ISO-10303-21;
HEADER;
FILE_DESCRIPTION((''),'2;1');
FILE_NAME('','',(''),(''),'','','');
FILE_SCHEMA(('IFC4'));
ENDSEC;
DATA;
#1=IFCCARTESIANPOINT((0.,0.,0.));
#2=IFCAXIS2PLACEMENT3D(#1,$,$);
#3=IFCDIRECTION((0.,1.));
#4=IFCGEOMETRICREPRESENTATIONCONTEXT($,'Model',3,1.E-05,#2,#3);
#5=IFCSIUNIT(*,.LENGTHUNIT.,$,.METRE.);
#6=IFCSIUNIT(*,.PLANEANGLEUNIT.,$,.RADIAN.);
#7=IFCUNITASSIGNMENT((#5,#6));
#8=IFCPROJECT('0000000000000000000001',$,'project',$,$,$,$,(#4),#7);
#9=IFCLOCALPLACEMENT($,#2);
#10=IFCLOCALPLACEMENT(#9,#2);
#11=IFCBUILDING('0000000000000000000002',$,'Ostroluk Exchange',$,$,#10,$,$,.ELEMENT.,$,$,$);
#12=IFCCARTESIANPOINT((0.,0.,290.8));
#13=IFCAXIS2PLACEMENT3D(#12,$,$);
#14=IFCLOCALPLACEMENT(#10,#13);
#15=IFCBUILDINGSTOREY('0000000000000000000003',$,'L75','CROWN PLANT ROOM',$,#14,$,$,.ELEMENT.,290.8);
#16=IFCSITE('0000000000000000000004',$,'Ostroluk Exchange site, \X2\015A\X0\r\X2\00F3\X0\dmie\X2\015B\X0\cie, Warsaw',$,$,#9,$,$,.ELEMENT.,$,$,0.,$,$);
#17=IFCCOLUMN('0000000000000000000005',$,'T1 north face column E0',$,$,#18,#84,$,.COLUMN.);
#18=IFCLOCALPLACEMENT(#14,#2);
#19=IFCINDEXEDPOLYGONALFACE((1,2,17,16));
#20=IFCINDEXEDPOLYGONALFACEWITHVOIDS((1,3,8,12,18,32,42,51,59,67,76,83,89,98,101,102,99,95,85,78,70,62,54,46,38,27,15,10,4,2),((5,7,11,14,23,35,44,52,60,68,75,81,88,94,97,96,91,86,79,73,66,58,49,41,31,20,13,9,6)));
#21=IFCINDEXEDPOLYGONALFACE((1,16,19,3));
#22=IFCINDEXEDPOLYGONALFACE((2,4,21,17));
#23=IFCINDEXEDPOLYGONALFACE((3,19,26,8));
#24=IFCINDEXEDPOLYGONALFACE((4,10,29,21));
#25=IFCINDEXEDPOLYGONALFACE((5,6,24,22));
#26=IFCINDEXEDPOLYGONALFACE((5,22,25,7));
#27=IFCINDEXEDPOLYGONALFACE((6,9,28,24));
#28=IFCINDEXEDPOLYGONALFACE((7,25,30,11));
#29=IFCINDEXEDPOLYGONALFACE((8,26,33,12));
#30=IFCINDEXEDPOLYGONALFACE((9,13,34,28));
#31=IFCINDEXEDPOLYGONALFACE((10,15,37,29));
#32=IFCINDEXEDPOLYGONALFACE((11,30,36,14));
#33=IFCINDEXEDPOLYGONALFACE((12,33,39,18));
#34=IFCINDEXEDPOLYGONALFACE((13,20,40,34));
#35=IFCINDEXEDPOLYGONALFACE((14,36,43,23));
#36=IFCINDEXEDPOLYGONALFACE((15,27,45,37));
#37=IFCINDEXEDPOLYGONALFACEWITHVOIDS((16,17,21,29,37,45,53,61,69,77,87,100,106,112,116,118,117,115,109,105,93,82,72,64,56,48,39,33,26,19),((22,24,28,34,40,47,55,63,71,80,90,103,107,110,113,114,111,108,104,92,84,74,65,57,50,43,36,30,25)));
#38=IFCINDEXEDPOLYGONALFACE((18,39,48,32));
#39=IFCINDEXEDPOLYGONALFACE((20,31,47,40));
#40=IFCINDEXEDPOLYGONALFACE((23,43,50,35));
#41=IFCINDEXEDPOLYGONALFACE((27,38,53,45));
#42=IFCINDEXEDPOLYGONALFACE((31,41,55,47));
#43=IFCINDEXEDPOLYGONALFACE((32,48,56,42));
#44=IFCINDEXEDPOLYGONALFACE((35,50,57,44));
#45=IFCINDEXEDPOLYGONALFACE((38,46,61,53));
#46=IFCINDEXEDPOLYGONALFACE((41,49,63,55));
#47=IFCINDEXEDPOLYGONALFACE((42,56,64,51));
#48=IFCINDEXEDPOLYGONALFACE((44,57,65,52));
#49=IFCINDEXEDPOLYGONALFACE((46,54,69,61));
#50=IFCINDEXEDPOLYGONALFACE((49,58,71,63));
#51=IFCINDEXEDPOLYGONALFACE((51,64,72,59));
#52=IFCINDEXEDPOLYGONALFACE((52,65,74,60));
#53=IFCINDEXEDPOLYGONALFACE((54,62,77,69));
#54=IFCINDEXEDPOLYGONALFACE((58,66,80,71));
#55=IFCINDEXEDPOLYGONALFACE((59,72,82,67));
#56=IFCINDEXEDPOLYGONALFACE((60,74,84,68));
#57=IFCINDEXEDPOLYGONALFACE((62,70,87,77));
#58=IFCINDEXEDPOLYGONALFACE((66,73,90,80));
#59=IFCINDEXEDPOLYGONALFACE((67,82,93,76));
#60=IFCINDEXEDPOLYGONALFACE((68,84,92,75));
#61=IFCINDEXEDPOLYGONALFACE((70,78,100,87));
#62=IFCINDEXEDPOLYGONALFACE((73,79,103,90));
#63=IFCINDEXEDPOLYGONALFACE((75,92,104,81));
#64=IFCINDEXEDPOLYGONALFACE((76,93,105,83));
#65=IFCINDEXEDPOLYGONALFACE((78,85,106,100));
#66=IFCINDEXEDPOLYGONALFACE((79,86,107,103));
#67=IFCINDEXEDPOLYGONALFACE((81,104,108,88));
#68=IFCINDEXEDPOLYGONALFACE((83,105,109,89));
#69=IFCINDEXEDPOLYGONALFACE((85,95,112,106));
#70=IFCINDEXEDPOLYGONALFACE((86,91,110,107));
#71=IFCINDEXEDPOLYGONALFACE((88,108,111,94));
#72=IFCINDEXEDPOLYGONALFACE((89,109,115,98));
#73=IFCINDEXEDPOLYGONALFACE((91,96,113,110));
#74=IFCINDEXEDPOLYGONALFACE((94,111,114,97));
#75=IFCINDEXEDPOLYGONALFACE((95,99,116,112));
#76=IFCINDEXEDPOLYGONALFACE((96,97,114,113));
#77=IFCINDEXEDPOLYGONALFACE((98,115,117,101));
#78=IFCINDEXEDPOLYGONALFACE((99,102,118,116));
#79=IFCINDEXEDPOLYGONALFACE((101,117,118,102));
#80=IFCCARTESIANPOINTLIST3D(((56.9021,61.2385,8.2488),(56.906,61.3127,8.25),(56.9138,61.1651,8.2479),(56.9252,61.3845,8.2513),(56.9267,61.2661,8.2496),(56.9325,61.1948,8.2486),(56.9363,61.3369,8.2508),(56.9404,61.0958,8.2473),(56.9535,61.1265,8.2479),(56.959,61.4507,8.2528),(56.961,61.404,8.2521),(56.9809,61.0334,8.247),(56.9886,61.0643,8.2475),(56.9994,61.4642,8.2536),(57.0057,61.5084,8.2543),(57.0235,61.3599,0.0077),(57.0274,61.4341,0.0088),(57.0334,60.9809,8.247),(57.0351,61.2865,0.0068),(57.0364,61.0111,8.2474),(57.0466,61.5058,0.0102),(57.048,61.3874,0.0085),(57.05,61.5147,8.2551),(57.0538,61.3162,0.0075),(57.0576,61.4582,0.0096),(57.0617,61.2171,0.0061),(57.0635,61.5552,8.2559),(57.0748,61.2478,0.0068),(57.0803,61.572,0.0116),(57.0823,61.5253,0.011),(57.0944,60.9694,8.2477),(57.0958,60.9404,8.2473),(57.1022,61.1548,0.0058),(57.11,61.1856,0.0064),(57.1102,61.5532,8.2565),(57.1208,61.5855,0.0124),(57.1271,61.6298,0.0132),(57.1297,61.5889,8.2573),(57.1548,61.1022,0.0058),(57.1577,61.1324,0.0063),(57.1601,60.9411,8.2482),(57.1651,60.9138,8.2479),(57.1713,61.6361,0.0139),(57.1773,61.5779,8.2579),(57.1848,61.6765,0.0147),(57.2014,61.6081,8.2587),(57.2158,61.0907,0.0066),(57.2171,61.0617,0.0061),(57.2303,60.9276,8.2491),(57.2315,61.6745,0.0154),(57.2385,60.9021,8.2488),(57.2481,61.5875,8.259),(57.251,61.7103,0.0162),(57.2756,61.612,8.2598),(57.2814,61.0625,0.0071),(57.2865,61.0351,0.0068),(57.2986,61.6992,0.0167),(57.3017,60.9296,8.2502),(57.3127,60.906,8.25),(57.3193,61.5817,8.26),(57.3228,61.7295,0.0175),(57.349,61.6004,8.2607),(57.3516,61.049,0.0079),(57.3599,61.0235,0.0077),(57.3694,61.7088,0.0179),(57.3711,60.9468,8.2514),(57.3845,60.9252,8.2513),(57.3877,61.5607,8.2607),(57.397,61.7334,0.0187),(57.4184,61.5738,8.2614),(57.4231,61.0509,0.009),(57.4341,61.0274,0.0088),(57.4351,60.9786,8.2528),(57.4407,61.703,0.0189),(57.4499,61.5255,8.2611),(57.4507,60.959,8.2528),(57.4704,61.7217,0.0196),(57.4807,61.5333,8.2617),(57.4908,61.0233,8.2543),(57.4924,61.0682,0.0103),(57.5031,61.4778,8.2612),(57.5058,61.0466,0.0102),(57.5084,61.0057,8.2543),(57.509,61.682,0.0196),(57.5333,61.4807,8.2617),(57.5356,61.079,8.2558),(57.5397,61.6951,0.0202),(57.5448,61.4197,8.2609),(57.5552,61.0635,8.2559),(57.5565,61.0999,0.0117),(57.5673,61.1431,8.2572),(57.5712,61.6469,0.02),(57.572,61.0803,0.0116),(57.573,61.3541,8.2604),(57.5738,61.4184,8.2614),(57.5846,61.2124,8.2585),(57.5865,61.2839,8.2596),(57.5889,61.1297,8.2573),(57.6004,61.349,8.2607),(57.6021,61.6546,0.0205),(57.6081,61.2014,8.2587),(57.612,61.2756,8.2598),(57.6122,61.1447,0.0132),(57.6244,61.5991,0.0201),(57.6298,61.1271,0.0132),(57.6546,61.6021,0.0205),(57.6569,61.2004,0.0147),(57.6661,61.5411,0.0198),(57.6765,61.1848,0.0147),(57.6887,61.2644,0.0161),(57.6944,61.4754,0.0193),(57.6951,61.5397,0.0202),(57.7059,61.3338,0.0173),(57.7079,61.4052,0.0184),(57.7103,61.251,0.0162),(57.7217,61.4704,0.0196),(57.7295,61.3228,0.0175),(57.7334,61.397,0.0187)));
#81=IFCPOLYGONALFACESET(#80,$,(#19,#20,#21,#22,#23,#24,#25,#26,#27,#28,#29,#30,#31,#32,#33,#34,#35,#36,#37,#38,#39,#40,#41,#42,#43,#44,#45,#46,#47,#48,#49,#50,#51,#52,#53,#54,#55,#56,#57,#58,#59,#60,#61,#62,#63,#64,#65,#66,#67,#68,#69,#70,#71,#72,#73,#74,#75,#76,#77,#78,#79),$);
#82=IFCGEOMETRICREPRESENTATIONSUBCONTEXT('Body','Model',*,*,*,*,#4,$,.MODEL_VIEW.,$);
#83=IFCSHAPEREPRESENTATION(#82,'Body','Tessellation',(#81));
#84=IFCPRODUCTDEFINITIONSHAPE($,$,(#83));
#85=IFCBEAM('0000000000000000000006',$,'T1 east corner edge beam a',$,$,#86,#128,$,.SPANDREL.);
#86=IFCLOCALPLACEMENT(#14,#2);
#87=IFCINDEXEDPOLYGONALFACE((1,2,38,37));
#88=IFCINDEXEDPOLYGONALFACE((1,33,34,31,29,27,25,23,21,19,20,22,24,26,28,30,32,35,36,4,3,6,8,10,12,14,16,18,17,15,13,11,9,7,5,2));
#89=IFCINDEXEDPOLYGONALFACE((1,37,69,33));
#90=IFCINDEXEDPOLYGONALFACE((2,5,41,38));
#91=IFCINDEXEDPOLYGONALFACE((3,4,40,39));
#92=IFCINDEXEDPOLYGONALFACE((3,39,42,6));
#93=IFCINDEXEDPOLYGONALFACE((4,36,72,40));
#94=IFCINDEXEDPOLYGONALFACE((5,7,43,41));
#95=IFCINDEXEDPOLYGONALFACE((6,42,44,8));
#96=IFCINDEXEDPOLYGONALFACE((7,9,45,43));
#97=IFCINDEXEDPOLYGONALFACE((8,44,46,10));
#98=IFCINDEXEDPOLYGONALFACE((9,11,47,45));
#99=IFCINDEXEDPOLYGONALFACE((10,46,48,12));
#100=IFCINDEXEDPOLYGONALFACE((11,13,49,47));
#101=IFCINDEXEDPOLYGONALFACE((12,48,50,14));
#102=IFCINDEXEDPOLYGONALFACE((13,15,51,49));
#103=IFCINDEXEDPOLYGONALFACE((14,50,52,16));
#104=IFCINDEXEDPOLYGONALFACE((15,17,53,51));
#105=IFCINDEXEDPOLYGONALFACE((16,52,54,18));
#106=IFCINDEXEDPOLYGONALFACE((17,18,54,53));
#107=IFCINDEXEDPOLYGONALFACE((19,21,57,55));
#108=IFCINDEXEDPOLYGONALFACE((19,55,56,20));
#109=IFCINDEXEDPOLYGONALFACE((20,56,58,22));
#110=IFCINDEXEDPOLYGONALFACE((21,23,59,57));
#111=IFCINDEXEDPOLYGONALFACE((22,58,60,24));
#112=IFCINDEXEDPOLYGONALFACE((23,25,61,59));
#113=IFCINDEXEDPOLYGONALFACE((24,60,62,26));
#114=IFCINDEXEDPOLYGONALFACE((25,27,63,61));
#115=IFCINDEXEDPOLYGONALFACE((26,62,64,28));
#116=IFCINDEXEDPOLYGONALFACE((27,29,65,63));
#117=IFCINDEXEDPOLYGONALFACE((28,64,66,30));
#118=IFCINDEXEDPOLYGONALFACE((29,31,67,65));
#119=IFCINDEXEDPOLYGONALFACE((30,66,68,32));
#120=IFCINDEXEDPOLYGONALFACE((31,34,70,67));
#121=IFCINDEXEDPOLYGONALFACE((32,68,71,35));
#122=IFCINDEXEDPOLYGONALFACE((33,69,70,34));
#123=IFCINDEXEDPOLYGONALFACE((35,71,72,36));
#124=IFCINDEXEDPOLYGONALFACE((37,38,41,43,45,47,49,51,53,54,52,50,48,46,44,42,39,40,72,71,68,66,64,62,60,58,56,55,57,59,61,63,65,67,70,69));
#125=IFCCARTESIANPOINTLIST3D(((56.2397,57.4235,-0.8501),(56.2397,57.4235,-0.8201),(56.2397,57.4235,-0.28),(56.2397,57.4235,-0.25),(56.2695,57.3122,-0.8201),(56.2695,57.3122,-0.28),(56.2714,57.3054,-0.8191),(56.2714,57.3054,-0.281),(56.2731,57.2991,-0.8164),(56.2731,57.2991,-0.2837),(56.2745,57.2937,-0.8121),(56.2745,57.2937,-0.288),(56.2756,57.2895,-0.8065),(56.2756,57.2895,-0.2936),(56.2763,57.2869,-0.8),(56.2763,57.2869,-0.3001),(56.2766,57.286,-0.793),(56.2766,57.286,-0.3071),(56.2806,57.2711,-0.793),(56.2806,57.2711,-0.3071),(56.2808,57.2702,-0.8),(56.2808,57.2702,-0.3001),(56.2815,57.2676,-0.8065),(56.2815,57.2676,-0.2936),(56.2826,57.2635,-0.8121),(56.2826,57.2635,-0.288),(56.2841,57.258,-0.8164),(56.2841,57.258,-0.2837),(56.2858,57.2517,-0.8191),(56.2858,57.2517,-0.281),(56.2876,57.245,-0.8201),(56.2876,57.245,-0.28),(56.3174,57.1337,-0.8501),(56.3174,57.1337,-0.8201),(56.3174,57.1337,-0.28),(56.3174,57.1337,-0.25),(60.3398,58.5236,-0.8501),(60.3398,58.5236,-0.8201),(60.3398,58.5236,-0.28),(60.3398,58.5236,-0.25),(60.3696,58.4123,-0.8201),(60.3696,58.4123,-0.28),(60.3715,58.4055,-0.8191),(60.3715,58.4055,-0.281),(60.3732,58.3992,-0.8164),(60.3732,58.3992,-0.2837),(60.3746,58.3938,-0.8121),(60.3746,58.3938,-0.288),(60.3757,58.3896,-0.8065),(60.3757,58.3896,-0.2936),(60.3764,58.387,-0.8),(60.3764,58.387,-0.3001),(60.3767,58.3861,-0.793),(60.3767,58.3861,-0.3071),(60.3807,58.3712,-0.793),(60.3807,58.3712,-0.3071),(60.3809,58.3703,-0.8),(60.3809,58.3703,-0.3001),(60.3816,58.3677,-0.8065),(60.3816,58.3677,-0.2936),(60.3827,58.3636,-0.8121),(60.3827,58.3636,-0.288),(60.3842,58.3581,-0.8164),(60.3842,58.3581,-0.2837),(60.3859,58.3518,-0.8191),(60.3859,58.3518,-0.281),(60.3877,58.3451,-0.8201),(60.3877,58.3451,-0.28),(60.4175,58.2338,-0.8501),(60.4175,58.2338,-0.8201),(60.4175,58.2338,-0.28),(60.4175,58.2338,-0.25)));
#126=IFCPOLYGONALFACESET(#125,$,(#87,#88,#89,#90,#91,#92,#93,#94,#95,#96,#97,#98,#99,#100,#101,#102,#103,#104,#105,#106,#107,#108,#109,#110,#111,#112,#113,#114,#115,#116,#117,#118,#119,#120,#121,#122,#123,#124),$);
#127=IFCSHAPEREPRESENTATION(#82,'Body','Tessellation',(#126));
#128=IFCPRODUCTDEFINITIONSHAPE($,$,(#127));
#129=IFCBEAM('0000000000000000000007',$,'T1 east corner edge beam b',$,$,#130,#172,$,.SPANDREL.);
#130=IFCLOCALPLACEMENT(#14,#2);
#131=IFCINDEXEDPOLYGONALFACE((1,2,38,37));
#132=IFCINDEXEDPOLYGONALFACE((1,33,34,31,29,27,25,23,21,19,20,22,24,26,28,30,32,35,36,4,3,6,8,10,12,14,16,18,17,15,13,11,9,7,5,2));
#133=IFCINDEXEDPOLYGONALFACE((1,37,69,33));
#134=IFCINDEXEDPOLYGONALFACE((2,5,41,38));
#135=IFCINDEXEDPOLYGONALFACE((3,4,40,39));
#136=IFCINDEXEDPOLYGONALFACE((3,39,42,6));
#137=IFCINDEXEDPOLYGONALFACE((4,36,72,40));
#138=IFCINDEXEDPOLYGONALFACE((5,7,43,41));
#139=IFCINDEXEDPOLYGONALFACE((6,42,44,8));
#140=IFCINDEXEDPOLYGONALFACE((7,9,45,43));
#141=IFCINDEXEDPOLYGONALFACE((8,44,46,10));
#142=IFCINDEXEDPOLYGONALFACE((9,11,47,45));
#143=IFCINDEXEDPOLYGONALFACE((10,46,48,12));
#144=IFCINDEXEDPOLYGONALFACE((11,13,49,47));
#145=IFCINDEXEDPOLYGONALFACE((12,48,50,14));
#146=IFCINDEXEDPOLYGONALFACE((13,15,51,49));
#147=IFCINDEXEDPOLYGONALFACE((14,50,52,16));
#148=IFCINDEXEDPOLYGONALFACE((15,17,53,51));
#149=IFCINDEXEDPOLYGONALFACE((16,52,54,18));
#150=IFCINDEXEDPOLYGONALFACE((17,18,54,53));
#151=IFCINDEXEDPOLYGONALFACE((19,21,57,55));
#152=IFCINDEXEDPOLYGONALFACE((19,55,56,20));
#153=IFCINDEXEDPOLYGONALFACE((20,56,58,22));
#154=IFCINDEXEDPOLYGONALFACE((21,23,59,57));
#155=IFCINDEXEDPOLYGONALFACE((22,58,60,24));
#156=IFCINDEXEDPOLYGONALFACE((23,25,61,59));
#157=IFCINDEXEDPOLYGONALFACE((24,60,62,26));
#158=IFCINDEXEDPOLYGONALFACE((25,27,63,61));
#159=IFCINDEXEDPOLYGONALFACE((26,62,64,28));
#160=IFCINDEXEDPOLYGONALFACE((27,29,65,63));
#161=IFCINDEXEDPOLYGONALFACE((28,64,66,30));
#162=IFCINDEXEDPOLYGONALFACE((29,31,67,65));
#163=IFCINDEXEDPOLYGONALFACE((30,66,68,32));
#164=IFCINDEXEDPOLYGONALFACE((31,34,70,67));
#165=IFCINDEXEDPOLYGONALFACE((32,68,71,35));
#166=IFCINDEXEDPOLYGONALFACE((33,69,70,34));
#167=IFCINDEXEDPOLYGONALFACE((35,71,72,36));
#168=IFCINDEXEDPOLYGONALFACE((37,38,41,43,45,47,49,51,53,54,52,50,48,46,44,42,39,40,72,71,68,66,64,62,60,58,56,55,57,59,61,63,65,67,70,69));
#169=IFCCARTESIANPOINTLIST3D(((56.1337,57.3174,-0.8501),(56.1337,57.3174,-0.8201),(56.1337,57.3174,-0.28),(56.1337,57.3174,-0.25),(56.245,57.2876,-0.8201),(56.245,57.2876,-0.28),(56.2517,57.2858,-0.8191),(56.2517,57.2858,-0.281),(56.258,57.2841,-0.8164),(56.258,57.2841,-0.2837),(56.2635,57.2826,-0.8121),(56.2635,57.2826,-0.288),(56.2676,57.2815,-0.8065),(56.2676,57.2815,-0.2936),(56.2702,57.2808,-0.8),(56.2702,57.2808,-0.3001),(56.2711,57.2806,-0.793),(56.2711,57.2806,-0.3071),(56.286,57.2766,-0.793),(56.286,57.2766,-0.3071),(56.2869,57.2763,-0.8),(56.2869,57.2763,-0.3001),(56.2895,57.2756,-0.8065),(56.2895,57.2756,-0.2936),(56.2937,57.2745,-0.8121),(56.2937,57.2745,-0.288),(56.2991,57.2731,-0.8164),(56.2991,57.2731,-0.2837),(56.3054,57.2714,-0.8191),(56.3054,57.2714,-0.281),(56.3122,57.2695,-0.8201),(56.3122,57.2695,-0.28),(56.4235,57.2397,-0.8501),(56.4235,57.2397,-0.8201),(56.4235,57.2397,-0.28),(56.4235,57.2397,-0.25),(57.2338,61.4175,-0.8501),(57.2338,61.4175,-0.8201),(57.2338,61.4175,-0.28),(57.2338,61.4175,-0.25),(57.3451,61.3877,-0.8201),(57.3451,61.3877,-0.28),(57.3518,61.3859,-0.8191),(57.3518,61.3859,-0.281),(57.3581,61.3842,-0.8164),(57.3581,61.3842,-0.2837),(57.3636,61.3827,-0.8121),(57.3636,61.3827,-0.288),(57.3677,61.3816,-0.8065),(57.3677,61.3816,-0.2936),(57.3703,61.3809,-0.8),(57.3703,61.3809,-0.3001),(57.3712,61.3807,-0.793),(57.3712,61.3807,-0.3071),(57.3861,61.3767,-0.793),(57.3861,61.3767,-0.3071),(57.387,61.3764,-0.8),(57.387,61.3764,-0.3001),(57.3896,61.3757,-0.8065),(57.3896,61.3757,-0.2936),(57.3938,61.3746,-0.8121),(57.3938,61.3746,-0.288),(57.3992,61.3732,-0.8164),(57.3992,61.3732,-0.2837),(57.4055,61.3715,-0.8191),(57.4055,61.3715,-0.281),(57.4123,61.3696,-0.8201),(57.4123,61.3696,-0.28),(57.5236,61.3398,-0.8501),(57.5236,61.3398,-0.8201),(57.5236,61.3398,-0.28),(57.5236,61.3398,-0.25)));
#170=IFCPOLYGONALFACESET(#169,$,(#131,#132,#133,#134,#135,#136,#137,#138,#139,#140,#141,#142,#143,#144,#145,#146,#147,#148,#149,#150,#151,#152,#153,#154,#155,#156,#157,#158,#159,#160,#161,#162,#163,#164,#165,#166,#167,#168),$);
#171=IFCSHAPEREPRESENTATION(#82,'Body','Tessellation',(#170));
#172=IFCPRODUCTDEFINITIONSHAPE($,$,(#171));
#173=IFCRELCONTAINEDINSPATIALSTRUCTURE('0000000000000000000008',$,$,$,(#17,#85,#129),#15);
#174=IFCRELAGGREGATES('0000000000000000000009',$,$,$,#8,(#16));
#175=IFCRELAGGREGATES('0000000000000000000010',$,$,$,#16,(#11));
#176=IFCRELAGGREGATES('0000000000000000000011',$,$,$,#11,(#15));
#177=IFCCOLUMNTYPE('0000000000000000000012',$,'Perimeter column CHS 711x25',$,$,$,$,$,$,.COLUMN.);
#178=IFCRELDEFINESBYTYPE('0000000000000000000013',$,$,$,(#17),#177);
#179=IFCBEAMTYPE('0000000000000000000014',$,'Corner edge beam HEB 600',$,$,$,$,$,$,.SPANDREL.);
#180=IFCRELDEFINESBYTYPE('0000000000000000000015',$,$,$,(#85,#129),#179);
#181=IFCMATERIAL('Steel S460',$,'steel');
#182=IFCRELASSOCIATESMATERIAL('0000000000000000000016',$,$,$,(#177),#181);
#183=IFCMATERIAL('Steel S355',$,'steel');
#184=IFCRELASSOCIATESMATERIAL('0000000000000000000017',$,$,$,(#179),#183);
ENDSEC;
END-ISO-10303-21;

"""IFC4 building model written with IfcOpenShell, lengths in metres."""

from ifc_helpers import new_model, si_unit, direction, frame, origin, origin_2d, place, context, subcontext, project, spatial, hollow_circle, i_section, extrude, material, material_profile, profile_set, type_object, element, save


model = new_model("IFC4")

# Units and contexts
model_context = context("Model", 3, precision=1e-05, world=origin(), true_north=direction((0.0, 1.0)))
body_context = subcontext(model_context, "Body", "Model", "MODEL_VIEW")
ifc_project = project(units=[si_unit("LENGTHUNIT", "METRE"), si_unit("PLANEANGLEUNIT", "RADIAN")], contexts=[model_context])

# Site, building, storey
site_placement = place(None, origin())
site = spatial("IfcSite", under=ifc_project, at=site_placement, Name="Ostroluk Exchange site, Śródmieście, Warsaw", CompositionType="ELEMENT", RefElevation=0.0)
building_placement = place(site_placement, origin())
building = spatial("IfcBuilding", under=site, at=building_placement, Name="Ostroluk Exchange", CompositionType="ELEMENT")
storey_placement = place(building_placement, frame((0.0, 0.0, 290.8)))
storey = spatial("IfcBuildingStorey", under=building, at=storey_placement, Name="L75", Description="CROWN PLANT ROOM", CompositionType="ELEMENT", Elevation=290.8)

# Column
ifc_material_1 = material(Name="Steel S460", Category="steel")
ifc_material_profile_1 = material_profile(ifc_material_1, hollow_circle(Radius=0.3555, WallThickness=0.0249, at=origin_2d()), Name="CHS 711x25")
ifc_profile_set_1 = profile_set([ifc_material_profile_1], Name="Steel S460")
column_type_1 = type_object("IfcColumnType", Name="Perimeter column CHS 711x25", PredefinedType="COLUMN", material=ifc_profile_set_1)
column_1_placement = place(storey_placement, frame((57.3784, 61.3784, 0.0132), z_axis=(-0.01472, -0.01472, 0.999783), x_axis=(0.707107, -0.707107, 0.0)))
element("IfcColumn", 1, at=column_1_placement, inside=storey, type_object=column_type_1, Name="T1 north face column E0", PredefinedType="COLUMN", context=body_context, shape_type="SweptSolid", body=[
    extrude(hollow_circle(Radius=0.3555, WallThickness=0.0249, at=origin_2d()), origin(), (0.0, 0.0, 1.0), 8.2429),
])

# Beams
ifc_material_2 = material(Name="Steel S355", Category="steel")
ifc_material_profile_2 = material_profile(ifc_material_2, i_section(OverallWidth=0.3, OverallDepth=0.6001, WebThickness=0.0154, FlangeThickness=0.03, FilletRadius=0.0271, at=origin_2d()), Name="HEB 600")
ifc_profile_set_2 = profile_set([ifc_material_profile_2], Name="Steel S355")
beam_type_1 = type_object("IfcBeamType", Name="Corner edge beam HEB 600", PredefinedType="SPANDREL", material=ifc_profile_set_2)
for number, where, z_axis, x_axis, name in (
    (2, (56.2786, 57.2786, -0.55), (0.965839, 0.259144, 0.0), (-0.259144, 0.965839, 0.0), "T1 east corner edge beam a"),
    (3, (56.2786, 57.2786, -0.55), (0.259144, 0.965839, 0.0), (-0.965839, 0.259144, 0.0), "T1 east corner edge beam b"),
):
    element("IfcBeam", number, at=place(storey_placement, frame(where, z_axis=z_axis, x_axis=x_axis)), inside=storey, type_object=beam_type_1, Name=name, PredefinedType="SPANDREL", context=body_context, shape_type="SweptSolid", body=[
        extrude(i_section(OverallWidth=0.3, OverallDepth=0.6001, WebThickness=0.0154, FlangeThickness=0.03, FilletRadius=0.0271, at=origin_2d()), origin(), (0.0, 0.0, 1.0), 4.2451),
    ])

save(model, "model.ifc")
